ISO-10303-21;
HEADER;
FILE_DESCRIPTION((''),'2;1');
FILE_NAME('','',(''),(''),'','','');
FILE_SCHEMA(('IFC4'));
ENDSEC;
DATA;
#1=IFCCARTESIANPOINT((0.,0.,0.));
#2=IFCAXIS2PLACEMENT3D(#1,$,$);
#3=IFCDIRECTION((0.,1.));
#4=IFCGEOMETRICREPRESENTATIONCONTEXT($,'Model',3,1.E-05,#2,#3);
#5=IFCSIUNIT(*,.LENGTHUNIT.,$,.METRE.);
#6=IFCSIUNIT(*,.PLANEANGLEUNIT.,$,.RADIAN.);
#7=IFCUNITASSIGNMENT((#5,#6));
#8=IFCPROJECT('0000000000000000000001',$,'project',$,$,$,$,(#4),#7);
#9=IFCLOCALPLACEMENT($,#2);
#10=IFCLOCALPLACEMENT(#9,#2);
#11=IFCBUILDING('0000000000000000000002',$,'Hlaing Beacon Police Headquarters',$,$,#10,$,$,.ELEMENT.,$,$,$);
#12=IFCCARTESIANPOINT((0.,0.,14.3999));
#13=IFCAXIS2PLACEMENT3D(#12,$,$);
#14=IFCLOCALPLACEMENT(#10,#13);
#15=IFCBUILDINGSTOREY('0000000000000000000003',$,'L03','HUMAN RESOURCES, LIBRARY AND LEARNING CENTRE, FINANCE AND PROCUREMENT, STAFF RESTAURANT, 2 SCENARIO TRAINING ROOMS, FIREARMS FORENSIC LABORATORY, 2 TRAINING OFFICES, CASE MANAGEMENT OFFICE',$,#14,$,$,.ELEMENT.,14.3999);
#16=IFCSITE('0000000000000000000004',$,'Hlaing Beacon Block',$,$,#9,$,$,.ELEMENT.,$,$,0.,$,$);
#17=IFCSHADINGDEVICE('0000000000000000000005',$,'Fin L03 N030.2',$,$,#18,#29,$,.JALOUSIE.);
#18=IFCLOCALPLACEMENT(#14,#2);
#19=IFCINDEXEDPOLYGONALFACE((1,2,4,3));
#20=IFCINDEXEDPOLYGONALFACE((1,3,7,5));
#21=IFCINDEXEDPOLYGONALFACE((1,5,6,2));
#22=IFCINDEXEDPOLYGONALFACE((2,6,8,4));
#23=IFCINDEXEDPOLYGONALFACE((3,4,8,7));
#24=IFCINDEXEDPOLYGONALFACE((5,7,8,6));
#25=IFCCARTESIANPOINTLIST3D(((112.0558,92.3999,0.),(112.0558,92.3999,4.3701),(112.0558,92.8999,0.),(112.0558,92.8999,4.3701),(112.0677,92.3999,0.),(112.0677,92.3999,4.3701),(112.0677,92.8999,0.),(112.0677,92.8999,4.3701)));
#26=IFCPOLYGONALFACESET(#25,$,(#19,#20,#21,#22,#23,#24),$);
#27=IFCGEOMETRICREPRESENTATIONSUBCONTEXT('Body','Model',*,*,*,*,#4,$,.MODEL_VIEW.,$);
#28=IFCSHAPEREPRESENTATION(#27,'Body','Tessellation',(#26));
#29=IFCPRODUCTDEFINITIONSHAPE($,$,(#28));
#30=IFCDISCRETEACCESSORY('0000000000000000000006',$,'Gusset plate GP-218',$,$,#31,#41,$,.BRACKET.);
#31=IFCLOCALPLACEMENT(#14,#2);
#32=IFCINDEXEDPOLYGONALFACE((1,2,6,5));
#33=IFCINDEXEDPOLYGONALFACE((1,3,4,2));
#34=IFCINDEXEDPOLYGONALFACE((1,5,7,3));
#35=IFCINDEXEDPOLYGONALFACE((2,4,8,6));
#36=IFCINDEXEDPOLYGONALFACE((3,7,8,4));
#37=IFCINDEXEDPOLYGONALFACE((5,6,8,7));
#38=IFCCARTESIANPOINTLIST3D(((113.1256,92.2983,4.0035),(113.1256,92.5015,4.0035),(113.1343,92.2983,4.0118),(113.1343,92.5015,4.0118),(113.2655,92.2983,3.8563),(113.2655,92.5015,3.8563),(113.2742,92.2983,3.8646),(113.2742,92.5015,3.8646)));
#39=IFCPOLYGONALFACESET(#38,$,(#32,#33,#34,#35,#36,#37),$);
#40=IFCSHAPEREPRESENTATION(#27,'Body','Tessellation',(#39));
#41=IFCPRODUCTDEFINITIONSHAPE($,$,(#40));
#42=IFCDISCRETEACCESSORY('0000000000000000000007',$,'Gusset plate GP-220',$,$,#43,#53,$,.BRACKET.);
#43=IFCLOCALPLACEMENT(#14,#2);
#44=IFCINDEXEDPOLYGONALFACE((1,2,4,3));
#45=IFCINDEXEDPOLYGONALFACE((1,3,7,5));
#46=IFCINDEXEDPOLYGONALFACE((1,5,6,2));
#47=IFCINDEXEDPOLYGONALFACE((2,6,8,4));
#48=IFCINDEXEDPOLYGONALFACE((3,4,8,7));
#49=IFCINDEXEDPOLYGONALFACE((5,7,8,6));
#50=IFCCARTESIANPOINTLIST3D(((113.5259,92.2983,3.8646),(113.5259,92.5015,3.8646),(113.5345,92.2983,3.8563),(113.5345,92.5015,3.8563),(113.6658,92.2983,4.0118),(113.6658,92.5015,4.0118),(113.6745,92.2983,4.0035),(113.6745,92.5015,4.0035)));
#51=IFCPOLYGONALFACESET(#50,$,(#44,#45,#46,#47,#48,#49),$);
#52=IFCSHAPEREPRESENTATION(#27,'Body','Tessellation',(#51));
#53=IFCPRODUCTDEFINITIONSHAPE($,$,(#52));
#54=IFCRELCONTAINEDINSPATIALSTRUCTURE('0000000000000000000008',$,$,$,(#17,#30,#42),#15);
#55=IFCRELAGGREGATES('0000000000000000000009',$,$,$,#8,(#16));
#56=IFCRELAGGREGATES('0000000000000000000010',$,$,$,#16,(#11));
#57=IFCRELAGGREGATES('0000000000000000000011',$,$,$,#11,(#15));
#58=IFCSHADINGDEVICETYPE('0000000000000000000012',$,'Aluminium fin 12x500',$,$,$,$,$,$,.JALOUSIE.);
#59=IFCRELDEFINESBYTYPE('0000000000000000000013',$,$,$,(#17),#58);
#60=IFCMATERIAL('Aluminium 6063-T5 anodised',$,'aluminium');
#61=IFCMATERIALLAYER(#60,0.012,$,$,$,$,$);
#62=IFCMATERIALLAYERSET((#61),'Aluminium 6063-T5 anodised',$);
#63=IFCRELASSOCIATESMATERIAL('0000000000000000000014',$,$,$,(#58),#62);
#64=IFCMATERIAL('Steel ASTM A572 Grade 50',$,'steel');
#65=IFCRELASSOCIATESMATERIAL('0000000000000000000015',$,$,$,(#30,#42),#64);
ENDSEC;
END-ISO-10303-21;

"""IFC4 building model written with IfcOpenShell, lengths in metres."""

from ifc_helpers import new_model, si_unit, direction, frame, origin, origin_2d, place, context, subcontext, project, spatial, rectangle, extrude, material, layer, layer_set, type_object, element, save


model = new_model("IFC4")

# Units and contexts
model_context = context("Model", 3, precision=1e-05, world=origin(), true_north=direction((0.0, 1.0)))
body_context = subcontext(model_context, "Body", "Model", "MODEL_VIEW")
ifc_project = project(units=[si_unit("LENGTHUNIT", "METRE"), si_unit("PLANEANGLEUNIT", "RADIAN")], contexts=[model_context])

# Site, building, storey
site_placement = place(None, origin())
site = spatial("IfcSite", under=ifc_project, at=site_placement, Name="Hlaing Beacon Block", CompositionType="ELEMENT", RefElevation=0.0)
building_placement = place(site_placement, origin())
building = spatial("IfcBuilding", under=site, at=building_placement, Name="Hlaing Beacon Police Headquarters", CompositionType="ELEMENT")
storey_placement = place(building_placement, frame((0.0, 0.0, 14.3999)))
storey = spatial("IfcBuildingStorey", under=building, at=storey_placement, Name="L03", Description="HUMAN RESOURCES, LIBRARY AND LEARNING CENTRE, FINANCE AND PROCUREMENT, STAFF RESTAURANT, 2 SCENARIO TRAINING ROOMS, FIREARMS FORENSIC LABORATORY, 2 TRAINING OFFICES, CASE MANAGEMENT OFFICE", CompositionType="ELEMENT", Elevation=14.3999)

# Shading device
ifc_material_1 = material(Name="Aluminium 6063-T5 anodised", Category="aluminium")
ifc_layer_1 = layer(ifc_material_1, 0.012)
ifc_layer_set_1 = layer_set([ifc_layer_1], Name="Aluminium 6063-T5 anodised")
shading_device_type = type_object("IfcShadingDeviceType", Name="Aluminium fin 12x500", PredefinedType="JALOUSIE", material=ifc_layer_set_1)
for number, where, z_axis, x_axis, name in (
    (1, (112.0618, 92.6499, 0.0), (0.0, 0.0, 1.0), (-1.0, 0.0, 0.0), "Fin L03 N030.2"),
):
    element("IfcShadingDevice", number, at=place(storey_placement, frame(where, z_axis=z_axis, x_axis=x_axis)), inside=storey, type_object=shading_device_type, Name=name, PredefinedType="JALOUSIE", context=body_context, shape_type="SweptSolid", body=[
        extrude(rectangle(XDim=0.012, YDim=0.5, at=origin_2d()), origin(), (0.0, 0.0, 1.0), 4.3701),
    ])

# Discrete accessories
ifc_material_2 = material(Name="Steel ASTM A572 Grade 50", Category="steel")
for number, where, z_axis, x_axis, name in (
    (2, (113.1956, 92.3999, 3.9299), (0.724832, 0.0, 0.688926), (0.0, 1.0, 0.0), "Gusset plate GP-218"),
    (3, (113.6045, 92.3999, 3.9299), (-0.724811, 0.0, 0.688948), (0.0, -1.0, 0.0), "Gusset plate GP-220"),
):
    element("IfcDiscreteAccessory", number, at=place(storey_placement, frame(where, z_axis=z_axis, x_axis=x_axis)), inside=storey, material=ifc_material_2, Name=name, PredefinedType="BRACKET", context=body_context, shape_type="SweptSolid", body=[
        extrude(rectangle(XDim=0.2031, YDim=0.2031, at=origin_2d()), origin(), (0.0, 0.0, 1.0), 0.012),
    ])

save(model, "model.ifc")
